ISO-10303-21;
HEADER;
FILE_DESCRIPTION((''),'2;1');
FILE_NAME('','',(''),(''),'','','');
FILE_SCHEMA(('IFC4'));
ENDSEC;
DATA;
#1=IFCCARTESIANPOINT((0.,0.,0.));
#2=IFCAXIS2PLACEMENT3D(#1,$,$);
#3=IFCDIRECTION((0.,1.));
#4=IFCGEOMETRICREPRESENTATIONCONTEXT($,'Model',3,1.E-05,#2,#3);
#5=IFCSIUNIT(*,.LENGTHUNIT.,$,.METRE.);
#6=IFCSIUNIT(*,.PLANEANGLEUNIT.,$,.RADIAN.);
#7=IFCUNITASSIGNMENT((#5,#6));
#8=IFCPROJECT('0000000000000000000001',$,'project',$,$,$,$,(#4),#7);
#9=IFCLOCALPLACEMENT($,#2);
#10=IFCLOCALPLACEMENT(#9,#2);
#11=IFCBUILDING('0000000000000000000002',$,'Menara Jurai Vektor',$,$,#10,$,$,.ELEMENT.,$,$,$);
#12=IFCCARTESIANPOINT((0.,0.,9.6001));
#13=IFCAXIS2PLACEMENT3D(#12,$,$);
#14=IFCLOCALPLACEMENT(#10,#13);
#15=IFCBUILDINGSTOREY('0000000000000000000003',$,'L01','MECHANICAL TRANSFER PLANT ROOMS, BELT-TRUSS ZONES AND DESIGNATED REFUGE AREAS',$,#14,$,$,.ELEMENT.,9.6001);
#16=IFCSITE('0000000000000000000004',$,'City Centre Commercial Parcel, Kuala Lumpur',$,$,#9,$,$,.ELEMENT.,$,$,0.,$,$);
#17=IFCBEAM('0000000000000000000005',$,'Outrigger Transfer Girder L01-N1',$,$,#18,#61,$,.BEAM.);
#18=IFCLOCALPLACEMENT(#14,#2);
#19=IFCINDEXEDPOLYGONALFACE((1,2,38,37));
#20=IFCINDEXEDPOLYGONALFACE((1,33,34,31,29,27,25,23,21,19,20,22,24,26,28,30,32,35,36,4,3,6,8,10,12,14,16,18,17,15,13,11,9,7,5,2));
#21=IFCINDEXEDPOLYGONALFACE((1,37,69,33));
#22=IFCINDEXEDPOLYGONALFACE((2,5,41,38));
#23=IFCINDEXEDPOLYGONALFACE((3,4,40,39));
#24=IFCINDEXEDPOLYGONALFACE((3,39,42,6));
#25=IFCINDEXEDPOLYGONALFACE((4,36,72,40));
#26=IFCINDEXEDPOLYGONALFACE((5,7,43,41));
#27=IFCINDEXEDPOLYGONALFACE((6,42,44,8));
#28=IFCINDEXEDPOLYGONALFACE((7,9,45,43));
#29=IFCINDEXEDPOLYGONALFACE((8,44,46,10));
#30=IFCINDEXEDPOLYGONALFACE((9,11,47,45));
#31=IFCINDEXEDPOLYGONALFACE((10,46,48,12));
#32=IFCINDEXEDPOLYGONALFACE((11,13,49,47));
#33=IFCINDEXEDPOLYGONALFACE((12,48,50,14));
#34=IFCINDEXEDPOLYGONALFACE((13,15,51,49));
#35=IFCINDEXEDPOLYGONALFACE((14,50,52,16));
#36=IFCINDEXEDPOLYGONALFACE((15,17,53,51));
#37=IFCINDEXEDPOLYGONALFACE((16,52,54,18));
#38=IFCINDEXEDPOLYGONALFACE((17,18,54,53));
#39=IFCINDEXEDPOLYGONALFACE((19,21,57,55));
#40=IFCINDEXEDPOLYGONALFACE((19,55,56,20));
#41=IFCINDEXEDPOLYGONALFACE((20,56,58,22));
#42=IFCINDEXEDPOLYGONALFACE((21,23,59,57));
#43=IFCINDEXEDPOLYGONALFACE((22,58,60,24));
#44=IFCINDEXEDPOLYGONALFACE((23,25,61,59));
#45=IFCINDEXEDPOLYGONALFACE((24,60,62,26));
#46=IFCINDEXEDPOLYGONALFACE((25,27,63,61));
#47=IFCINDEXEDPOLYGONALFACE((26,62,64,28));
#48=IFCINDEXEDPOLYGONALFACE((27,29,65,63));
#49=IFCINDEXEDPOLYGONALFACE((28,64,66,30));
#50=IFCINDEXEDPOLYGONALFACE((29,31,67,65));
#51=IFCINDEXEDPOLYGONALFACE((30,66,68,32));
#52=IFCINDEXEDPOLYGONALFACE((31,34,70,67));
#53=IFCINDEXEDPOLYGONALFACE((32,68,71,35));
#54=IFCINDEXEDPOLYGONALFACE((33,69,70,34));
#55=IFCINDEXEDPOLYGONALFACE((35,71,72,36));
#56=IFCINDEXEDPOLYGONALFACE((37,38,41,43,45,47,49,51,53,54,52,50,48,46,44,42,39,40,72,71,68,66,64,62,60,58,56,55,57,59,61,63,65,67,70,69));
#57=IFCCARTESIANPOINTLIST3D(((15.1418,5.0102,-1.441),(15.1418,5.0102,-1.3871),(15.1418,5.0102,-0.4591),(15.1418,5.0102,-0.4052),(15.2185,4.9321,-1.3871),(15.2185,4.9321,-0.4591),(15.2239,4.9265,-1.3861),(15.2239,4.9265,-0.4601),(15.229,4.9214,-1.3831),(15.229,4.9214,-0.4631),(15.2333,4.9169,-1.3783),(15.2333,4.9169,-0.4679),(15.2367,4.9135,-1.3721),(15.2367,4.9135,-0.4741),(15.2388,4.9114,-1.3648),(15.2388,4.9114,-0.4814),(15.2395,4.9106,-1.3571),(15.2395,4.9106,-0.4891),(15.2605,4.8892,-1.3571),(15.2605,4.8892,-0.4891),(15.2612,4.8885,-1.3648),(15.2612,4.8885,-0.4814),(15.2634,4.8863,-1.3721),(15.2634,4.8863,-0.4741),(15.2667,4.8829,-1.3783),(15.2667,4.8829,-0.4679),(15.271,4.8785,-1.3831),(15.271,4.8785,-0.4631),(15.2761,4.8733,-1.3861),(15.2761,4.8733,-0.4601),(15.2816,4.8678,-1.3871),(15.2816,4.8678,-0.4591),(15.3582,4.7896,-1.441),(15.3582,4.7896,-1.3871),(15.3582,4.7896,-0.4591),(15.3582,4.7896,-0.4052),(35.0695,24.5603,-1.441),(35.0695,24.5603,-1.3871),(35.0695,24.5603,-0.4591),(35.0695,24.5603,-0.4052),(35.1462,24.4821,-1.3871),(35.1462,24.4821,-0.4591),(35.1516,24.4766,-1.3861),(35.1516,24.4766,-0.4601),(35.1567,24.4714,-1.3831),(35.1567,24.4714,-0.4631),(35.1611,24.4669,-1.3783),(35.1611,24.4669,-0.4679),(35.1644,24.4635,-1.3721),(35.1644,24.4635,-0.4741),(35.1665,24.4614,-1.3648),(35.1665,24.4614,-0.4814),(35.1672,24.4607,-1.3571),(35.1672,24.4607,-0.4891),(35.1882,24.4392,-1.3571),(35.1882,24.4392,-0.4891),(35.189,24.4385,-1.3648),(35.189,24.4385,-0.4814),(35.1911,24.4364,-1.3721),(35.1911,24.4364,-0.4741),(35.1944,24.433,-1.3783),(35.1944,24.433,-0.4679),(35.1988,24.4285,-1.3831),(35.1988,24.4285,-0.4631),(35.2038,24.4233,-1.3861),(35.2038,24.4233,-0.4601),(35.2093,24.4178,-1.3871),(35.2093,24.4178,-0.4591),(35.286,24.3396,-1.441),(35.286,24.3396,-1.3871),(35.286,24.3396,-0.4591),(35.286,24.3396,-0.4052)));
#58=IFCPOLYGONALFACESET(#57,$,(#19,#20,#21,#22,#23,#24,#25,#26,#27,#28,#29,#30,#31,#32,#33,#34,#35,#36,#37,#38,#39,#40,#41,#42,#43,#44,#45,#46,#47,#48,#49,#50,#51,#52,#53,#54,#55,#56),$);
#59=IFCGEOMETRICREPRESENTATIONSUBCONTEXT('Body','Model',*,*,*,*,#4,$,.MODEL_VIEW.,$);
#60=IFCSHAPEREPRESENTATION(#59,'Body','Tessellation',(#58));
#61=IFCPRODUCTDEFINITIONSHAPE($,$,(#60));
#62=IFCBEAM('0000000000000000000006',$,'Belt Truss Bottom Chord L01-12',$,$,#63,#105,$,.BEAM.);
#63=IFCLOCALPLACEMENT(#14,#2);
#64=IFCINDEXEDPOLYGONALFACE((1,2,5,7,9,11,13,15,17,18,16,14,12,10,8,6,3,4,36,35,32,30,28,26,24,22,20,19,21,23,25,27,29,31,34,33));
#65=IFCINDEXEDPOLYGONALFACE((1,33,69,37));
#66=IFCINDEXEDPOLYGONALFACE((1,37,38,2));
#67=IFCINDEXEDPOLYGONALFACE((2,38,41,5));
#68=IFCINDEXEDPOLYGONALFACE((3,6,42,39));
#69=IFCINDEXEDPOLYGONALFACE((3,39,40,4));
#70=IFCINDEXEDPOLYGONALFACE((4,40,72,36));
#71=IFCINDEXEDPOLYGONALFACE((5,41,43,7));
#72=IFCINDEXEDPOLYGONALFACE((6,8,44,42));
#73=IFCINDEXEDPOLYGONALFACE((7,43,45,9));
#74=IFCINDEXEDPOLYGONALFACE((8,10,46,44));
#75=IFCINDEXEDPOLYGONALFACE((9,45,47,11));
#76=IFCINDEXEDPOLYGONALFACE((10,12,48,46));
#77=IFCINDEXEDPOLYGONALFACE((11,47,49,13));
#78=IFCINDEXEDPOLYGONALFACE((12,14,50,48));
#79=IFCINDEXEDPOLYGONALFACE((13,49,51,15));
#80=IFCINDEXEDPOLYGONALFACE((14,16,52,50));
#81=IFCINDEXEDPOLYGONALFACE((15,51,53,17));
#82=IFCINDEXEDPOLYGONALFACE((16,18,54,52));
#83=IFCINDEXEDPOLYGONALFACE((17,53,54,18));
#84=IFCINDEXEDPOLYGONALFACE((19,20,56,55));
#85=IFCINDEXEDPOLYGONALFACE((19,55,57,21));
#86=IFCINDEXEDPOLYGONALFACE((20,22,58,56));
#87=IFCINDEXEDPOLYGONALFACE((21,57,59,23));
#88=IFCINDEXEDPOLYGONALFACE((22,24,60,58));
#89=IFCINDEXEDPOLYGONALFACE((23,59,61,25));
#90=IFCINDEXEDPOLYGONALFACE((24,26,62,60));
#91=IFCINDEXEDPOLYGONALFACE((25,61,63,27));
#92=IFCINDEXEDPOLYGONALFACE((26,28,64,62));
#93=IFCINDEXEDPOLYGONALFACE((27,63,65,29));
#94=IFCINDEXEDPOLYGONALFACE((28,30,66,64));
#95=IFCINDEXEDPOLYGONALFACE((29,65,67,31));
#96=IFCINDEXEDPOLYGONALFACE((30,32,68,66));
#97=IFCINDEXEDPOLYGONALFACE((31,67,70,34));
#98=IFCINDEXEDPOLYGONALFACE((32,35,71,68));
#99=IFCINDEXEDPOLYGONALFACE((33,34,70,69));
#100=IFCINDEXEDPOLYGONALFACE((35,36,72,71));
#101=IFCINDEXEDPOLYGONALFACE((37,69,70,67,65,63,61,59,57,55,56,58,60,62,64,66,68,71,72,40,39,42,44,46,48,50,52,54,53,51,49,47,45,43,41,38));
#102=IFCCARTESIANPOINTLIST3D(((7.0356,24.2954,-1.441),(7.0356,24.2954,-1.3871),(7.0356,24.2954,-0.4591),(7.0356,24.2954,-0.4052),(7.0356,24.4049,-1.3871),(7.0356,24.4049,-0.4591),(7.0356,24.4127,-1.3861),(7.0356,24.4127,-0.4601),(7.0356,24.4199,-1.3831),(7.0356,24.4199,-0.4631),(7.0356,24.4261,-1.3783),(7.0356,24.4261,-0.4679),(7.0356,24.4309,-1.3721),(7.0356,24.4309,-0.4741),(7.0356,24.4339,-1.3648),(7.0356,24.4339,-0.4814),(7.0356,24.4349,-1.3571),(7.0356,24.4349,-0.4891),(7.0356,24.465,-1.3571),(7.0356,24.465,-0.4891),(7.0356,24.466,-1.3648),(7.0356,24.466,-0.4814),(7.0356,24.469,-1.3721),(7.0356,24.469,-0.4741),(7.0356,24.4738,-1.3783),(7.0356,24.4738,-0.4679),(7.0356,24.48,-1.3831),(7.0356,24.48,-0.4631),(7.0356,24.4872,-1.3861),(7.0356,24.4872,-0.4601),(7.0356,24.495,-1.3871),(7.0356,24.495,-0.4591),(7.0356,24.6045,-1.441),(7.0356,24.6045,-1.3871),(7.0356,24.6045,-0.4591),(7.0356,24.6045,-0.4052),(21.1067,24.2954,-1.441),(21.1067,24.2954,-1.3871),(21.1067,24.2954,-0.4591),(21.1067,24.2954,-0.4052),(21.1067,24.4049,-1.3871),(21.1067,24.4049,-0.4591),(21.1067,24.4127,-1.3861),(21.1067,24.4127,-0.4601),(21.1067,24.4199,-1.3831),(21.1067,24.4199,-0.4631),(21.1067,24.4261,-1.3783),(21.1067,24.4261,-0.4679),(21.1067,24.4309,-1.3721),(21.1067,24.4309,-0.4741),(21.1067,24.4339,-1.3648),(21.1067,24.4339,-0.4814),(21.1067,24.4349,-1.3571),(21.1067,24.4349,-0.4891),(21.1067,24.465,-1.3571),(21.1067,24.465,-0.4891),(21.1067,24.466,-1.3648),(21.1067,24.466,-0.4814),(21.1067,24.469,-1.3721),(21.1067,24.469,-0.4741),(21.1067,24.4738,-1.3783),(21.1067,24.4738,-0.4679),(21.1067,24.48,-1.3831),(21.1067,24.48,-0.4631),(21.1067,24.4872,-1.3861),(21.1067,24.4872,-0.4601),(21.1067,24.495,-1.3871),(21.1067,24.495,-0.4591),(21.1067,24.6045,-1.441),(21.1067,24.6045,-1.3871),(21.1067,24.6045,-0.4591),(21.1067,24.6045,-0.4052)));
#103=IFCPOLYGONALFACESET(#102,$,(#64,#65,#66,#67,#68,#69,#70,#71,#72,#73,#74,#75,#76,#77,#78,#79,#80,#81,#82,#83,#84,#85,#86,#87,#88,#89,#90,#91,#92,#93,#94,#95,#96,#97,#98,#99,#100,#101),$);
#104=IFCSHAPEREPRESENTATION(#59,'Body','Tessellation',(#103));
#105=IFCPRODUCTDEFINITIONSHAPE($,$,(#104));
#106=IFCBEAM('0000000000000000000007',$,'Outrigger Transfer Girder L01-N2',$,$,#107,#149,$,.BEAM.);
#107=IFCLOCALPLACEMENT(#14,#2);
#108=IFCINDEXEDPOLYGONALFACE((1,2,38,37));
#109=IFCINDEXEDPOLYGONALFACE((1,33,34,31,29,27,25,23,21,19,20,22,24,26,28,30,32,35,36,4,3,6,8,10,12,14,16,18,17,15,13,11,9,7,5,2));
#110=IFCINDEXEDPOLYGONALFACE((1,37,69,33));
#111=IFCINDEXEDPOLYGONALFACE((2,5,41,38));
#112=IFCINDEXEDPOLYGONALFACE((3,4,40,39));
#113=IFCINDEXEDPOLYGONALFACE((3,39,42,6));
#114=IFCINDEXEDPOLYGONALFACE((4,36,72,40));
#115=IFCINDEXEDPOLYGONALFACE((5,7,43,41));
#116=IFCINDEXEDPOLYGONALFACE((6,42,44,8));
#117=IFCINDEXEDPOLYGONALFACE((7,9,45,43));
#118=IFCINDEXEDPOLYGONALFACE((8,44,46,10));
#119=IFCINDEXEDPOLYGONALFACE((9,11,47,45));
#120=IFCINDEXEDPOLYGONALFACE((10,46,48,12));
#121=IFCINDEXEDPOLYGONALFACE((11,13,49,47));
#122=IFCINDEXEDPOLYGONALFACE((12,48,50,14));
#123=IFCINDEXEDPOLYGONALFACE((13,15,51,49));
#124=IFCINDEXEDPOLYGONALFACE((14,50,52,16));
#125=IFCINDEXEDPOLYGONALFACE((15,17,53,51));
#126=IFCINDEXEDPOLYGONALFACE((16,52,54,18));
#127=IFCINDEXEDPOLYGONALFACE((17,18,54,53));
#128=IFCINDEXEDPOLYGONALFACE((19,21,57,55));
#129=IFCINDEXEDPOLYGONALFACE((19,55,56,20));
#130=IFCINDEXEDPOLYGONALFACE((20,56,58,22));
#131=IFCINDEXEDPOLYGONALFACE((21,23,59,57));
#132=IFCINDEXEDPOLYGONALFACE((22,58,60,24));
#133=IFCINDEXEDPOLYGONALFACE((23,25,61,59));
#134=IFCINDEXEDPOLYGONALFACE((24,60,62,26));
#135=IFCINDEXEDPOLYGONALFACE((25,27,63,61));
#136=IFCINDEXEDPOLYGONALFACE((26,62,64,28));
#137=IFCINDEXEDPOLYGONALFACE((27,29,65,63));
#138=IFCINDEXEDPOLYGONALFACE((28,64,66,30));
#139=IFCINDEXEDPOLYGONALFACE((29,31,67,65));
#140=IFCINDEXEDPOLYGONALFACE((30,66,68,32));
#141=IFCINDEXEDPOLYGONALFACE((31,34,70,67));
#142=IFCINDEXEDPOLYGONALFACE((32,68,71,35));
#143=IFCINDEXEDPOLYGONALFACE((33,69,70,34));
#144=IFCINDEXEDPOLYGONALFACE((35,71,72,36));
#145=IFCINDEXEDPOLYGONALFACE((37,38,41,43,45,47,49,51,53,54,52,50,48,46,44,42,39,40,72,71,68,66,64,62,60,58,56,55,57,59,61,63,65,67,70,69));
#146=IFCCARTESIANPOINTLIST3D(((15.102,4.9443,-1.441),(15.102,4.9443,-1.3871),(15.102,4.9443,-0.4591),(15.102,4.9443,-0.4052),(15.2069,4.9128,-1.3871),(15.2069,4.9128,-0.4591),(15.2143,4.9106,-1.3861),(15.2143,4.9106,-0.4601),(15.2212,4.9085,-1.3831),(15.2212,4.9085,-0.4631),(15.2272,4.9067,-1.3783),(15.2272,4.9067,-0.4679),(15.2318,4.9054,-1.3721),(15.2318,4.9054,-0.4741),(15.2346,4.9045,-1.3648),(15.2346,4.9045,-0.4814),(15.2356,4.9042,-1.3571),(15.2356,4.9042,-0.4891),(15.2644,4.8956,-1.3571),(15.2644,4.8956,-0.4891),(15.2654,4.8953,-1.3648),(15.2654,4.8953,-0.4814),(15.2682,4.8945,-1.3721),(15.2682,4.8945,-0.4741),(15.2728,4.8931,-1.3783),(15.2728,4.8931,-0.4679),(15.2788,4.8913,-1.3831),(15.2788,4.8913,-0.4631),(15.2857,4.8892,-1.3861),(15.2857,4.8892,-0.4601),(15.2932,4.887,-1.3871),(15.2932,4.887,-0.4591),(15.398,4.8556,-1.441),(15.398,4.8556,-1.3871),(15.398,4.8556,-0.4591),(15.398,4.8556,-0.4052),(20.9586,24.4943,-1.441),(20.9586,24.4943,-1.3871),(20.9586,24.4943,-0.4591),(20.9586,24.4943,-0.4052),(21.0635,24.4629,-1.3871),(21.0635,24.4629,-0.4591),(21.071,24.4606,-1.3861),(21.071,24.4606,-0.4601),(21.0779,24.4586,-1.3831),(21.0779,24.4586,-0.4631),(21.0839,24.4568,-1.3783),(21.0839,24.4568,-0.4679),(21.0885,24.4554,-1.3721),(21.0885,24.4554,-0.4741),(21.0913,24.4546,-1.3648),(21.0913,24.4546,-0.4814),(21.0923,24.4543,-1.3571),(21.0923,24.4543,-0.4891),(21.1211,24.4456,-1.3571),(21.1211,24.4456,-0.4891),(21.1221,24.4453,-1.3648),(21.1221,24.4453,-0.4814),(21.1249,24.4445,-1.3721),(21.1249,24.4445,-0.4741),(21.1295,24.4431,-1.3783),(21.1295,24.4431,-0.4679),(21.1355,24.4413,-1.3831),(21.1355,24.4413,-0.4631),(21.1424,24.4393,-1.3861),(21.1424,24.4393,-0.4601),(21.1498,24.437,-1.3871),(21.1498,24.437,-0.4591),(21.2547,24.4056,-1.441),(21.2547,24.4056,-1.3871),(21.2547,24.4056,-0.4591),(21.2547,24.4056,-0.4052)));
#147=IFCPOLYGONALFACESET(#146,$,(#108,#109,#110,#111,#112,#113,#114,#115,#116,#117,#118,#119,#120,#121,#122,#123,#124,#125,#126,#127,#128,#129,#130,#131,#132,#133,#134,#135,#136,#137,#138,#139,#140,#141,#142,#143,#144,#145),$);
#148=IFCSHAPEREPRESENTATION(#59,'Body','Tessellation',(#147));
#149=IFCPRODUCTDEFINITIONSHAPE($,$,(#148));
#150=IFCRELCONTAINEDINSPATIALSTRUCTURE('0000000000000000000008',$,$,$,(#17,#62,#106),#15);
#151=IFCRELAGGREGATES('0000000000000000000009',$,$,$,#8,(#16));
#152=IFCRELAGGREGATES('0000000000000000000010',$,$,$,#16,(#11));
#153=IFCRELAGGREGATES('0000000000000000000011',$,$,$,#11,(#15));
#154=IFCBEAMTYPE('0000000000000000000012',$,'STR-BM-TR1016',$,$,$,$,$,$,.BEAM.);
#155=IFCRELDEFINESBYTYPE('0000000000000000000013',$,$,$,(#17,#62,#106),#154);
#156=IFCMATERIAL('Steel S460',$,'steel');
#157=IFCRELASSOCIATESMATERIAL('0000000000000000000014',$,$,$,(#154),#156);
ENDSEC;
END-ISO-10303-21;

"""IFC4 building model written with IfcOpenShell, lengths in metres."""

from ifc_helpers import new_model, si_unit, direction, frame, origin, origin_2d, place, context, subcontext, project, spatial, i_section, extrude, material, material_profile, profile_set, type_object, element, save


model = new_model("IFC4")

# Units and contexts
model_context = context("Model", 3, precision=1e-05, world=origin(), true_north=direction((0.0, 1.0)))
body_context = subcontext(model_context, "Body", "Model", "MODEL_VIEW")
ifc_project = project(units=[si_unit("LENGTHUNIT", "METRE"), si_unit("PLANEANGLEUNIT", "RADIAN")], contexts=[model_context])

# Site, building, storey
site_placement = place(None, origin())
site = spatial("IfcSite", under=ifc_project, at=site_placement, Name="City Centre Commercial Parcel, Kuala Lumpur", CompositionType="ELEMENT", RefElevation=0.0)
building_placement = place(site_placement, origin())
building = spatial("IfcBuilding", under=site, at=building_placement, Name="Menara Jurai Vektor", CompositionType="ELEMENT")
storey_placement = place(building_placement, frame((0.0, 0.0, 9.6001)))
storey = spatial("IfcBuildingStorey", under=building, at=storey_placement, Name="L01", Description="MECHANICAL TRANSFER PLANT ROOMS, BELT-TRUSS ZONES AND DESIGNATED REFUGE AREAS", CompositionType="ELEMENT", Elevation=9.6001)

# Shared definitions
ifc_material_1 = material(Name="Steel S460", Category="steel")

# Beams
ifc_material_profile_1 = material_profile(ifc_material_1, i_section(OverallWidth=0.3091, OverallDepth=1.0359, WebThickness=0.03, FlangeThickness=0.054, FilletRadius=0.03, at=origin_2d()), Name="UKB 1016x305x487")
ifc_profile_set_1 = profile_set([ifc_material_profile_1], Name="Steel S460")
beam_type_1 = type_object("IfcBeamType", Name="STR-BM-TR1016", PredefinedType="BEAM", material=ifc_profile_set_1)
beam_1_placement = place(storey_placement, frame((35.1777, 24.45, -0.9231), z_axis=(-0.713839, -0.70031, 0.0), x_axis=(0.70031, -0.713839, 0.0)))
element("IfcBeam", 1, at=beam_1_placement, inside=storey, type_object=beam_type_1, Name="Outrigger Transfer Girder L01-N1", PredefinedType="BEAM", context=body_context, shape_type="SweptSolid", body=[
    extrude(i_section(OverallWidth=0.3091, OverallDepth=1.0359, WebThickness=0.03, FlangeThickness=0.054, FilletRadius=0.03, at=origin_2d()), origin(), (0.0, 0.0, 1.0), 27.9163),
])
beam_2_placement = place(storey_placement, frame((21.1067, 24.45, -0.9231), z_axis=(-1.0, 0.0, 0.0), x_axis=(0.0, -1.0, 0.0)))
element("IfcBeam", 2, at=beam_2_placement, inside=storey, type_object=beam_type_1, Name="Belt Truss Bottom Chord L01-12", PredefinedType="BEAM", context=body_context, shape_type="SweptSolid", body=[
    extrude(i_section(OverallWidth=0.3091, OverallDepth=1.0359, WebThickness=0.03, FlangeThickness=0.054, FilletRadius=0.03, at=origin_2d()), origin(), (0.0, 0.0, 1.0), 14.071),
])
beam_3_placement = place(storey_placement, frame((21.1067, 24.45, -0.9231), z_axis=(-0.286974, -0.957938, 0.0), x_axis=(0.957938, -0.286974, 0.0)))
element("IfcBeam", 3, at=beam_3_placement, inside=storey, type_object=beam_type_1, Name="Outrigger Transfer Girder L01-N2", PredefinedType="BEAM", context=body_context, shape_type="SweptSolid", body=[
    extrude(i_section(OverallWidth=0.3091, OverallDepth=1.0359, WebThickness=0.03, FlangeThickness=0.054, FilletRadius=0.03, at=origin_2d()), origin(), (0.0, 0.0, 1.0), 20.4084),
])

save(model, "model.ifc")
